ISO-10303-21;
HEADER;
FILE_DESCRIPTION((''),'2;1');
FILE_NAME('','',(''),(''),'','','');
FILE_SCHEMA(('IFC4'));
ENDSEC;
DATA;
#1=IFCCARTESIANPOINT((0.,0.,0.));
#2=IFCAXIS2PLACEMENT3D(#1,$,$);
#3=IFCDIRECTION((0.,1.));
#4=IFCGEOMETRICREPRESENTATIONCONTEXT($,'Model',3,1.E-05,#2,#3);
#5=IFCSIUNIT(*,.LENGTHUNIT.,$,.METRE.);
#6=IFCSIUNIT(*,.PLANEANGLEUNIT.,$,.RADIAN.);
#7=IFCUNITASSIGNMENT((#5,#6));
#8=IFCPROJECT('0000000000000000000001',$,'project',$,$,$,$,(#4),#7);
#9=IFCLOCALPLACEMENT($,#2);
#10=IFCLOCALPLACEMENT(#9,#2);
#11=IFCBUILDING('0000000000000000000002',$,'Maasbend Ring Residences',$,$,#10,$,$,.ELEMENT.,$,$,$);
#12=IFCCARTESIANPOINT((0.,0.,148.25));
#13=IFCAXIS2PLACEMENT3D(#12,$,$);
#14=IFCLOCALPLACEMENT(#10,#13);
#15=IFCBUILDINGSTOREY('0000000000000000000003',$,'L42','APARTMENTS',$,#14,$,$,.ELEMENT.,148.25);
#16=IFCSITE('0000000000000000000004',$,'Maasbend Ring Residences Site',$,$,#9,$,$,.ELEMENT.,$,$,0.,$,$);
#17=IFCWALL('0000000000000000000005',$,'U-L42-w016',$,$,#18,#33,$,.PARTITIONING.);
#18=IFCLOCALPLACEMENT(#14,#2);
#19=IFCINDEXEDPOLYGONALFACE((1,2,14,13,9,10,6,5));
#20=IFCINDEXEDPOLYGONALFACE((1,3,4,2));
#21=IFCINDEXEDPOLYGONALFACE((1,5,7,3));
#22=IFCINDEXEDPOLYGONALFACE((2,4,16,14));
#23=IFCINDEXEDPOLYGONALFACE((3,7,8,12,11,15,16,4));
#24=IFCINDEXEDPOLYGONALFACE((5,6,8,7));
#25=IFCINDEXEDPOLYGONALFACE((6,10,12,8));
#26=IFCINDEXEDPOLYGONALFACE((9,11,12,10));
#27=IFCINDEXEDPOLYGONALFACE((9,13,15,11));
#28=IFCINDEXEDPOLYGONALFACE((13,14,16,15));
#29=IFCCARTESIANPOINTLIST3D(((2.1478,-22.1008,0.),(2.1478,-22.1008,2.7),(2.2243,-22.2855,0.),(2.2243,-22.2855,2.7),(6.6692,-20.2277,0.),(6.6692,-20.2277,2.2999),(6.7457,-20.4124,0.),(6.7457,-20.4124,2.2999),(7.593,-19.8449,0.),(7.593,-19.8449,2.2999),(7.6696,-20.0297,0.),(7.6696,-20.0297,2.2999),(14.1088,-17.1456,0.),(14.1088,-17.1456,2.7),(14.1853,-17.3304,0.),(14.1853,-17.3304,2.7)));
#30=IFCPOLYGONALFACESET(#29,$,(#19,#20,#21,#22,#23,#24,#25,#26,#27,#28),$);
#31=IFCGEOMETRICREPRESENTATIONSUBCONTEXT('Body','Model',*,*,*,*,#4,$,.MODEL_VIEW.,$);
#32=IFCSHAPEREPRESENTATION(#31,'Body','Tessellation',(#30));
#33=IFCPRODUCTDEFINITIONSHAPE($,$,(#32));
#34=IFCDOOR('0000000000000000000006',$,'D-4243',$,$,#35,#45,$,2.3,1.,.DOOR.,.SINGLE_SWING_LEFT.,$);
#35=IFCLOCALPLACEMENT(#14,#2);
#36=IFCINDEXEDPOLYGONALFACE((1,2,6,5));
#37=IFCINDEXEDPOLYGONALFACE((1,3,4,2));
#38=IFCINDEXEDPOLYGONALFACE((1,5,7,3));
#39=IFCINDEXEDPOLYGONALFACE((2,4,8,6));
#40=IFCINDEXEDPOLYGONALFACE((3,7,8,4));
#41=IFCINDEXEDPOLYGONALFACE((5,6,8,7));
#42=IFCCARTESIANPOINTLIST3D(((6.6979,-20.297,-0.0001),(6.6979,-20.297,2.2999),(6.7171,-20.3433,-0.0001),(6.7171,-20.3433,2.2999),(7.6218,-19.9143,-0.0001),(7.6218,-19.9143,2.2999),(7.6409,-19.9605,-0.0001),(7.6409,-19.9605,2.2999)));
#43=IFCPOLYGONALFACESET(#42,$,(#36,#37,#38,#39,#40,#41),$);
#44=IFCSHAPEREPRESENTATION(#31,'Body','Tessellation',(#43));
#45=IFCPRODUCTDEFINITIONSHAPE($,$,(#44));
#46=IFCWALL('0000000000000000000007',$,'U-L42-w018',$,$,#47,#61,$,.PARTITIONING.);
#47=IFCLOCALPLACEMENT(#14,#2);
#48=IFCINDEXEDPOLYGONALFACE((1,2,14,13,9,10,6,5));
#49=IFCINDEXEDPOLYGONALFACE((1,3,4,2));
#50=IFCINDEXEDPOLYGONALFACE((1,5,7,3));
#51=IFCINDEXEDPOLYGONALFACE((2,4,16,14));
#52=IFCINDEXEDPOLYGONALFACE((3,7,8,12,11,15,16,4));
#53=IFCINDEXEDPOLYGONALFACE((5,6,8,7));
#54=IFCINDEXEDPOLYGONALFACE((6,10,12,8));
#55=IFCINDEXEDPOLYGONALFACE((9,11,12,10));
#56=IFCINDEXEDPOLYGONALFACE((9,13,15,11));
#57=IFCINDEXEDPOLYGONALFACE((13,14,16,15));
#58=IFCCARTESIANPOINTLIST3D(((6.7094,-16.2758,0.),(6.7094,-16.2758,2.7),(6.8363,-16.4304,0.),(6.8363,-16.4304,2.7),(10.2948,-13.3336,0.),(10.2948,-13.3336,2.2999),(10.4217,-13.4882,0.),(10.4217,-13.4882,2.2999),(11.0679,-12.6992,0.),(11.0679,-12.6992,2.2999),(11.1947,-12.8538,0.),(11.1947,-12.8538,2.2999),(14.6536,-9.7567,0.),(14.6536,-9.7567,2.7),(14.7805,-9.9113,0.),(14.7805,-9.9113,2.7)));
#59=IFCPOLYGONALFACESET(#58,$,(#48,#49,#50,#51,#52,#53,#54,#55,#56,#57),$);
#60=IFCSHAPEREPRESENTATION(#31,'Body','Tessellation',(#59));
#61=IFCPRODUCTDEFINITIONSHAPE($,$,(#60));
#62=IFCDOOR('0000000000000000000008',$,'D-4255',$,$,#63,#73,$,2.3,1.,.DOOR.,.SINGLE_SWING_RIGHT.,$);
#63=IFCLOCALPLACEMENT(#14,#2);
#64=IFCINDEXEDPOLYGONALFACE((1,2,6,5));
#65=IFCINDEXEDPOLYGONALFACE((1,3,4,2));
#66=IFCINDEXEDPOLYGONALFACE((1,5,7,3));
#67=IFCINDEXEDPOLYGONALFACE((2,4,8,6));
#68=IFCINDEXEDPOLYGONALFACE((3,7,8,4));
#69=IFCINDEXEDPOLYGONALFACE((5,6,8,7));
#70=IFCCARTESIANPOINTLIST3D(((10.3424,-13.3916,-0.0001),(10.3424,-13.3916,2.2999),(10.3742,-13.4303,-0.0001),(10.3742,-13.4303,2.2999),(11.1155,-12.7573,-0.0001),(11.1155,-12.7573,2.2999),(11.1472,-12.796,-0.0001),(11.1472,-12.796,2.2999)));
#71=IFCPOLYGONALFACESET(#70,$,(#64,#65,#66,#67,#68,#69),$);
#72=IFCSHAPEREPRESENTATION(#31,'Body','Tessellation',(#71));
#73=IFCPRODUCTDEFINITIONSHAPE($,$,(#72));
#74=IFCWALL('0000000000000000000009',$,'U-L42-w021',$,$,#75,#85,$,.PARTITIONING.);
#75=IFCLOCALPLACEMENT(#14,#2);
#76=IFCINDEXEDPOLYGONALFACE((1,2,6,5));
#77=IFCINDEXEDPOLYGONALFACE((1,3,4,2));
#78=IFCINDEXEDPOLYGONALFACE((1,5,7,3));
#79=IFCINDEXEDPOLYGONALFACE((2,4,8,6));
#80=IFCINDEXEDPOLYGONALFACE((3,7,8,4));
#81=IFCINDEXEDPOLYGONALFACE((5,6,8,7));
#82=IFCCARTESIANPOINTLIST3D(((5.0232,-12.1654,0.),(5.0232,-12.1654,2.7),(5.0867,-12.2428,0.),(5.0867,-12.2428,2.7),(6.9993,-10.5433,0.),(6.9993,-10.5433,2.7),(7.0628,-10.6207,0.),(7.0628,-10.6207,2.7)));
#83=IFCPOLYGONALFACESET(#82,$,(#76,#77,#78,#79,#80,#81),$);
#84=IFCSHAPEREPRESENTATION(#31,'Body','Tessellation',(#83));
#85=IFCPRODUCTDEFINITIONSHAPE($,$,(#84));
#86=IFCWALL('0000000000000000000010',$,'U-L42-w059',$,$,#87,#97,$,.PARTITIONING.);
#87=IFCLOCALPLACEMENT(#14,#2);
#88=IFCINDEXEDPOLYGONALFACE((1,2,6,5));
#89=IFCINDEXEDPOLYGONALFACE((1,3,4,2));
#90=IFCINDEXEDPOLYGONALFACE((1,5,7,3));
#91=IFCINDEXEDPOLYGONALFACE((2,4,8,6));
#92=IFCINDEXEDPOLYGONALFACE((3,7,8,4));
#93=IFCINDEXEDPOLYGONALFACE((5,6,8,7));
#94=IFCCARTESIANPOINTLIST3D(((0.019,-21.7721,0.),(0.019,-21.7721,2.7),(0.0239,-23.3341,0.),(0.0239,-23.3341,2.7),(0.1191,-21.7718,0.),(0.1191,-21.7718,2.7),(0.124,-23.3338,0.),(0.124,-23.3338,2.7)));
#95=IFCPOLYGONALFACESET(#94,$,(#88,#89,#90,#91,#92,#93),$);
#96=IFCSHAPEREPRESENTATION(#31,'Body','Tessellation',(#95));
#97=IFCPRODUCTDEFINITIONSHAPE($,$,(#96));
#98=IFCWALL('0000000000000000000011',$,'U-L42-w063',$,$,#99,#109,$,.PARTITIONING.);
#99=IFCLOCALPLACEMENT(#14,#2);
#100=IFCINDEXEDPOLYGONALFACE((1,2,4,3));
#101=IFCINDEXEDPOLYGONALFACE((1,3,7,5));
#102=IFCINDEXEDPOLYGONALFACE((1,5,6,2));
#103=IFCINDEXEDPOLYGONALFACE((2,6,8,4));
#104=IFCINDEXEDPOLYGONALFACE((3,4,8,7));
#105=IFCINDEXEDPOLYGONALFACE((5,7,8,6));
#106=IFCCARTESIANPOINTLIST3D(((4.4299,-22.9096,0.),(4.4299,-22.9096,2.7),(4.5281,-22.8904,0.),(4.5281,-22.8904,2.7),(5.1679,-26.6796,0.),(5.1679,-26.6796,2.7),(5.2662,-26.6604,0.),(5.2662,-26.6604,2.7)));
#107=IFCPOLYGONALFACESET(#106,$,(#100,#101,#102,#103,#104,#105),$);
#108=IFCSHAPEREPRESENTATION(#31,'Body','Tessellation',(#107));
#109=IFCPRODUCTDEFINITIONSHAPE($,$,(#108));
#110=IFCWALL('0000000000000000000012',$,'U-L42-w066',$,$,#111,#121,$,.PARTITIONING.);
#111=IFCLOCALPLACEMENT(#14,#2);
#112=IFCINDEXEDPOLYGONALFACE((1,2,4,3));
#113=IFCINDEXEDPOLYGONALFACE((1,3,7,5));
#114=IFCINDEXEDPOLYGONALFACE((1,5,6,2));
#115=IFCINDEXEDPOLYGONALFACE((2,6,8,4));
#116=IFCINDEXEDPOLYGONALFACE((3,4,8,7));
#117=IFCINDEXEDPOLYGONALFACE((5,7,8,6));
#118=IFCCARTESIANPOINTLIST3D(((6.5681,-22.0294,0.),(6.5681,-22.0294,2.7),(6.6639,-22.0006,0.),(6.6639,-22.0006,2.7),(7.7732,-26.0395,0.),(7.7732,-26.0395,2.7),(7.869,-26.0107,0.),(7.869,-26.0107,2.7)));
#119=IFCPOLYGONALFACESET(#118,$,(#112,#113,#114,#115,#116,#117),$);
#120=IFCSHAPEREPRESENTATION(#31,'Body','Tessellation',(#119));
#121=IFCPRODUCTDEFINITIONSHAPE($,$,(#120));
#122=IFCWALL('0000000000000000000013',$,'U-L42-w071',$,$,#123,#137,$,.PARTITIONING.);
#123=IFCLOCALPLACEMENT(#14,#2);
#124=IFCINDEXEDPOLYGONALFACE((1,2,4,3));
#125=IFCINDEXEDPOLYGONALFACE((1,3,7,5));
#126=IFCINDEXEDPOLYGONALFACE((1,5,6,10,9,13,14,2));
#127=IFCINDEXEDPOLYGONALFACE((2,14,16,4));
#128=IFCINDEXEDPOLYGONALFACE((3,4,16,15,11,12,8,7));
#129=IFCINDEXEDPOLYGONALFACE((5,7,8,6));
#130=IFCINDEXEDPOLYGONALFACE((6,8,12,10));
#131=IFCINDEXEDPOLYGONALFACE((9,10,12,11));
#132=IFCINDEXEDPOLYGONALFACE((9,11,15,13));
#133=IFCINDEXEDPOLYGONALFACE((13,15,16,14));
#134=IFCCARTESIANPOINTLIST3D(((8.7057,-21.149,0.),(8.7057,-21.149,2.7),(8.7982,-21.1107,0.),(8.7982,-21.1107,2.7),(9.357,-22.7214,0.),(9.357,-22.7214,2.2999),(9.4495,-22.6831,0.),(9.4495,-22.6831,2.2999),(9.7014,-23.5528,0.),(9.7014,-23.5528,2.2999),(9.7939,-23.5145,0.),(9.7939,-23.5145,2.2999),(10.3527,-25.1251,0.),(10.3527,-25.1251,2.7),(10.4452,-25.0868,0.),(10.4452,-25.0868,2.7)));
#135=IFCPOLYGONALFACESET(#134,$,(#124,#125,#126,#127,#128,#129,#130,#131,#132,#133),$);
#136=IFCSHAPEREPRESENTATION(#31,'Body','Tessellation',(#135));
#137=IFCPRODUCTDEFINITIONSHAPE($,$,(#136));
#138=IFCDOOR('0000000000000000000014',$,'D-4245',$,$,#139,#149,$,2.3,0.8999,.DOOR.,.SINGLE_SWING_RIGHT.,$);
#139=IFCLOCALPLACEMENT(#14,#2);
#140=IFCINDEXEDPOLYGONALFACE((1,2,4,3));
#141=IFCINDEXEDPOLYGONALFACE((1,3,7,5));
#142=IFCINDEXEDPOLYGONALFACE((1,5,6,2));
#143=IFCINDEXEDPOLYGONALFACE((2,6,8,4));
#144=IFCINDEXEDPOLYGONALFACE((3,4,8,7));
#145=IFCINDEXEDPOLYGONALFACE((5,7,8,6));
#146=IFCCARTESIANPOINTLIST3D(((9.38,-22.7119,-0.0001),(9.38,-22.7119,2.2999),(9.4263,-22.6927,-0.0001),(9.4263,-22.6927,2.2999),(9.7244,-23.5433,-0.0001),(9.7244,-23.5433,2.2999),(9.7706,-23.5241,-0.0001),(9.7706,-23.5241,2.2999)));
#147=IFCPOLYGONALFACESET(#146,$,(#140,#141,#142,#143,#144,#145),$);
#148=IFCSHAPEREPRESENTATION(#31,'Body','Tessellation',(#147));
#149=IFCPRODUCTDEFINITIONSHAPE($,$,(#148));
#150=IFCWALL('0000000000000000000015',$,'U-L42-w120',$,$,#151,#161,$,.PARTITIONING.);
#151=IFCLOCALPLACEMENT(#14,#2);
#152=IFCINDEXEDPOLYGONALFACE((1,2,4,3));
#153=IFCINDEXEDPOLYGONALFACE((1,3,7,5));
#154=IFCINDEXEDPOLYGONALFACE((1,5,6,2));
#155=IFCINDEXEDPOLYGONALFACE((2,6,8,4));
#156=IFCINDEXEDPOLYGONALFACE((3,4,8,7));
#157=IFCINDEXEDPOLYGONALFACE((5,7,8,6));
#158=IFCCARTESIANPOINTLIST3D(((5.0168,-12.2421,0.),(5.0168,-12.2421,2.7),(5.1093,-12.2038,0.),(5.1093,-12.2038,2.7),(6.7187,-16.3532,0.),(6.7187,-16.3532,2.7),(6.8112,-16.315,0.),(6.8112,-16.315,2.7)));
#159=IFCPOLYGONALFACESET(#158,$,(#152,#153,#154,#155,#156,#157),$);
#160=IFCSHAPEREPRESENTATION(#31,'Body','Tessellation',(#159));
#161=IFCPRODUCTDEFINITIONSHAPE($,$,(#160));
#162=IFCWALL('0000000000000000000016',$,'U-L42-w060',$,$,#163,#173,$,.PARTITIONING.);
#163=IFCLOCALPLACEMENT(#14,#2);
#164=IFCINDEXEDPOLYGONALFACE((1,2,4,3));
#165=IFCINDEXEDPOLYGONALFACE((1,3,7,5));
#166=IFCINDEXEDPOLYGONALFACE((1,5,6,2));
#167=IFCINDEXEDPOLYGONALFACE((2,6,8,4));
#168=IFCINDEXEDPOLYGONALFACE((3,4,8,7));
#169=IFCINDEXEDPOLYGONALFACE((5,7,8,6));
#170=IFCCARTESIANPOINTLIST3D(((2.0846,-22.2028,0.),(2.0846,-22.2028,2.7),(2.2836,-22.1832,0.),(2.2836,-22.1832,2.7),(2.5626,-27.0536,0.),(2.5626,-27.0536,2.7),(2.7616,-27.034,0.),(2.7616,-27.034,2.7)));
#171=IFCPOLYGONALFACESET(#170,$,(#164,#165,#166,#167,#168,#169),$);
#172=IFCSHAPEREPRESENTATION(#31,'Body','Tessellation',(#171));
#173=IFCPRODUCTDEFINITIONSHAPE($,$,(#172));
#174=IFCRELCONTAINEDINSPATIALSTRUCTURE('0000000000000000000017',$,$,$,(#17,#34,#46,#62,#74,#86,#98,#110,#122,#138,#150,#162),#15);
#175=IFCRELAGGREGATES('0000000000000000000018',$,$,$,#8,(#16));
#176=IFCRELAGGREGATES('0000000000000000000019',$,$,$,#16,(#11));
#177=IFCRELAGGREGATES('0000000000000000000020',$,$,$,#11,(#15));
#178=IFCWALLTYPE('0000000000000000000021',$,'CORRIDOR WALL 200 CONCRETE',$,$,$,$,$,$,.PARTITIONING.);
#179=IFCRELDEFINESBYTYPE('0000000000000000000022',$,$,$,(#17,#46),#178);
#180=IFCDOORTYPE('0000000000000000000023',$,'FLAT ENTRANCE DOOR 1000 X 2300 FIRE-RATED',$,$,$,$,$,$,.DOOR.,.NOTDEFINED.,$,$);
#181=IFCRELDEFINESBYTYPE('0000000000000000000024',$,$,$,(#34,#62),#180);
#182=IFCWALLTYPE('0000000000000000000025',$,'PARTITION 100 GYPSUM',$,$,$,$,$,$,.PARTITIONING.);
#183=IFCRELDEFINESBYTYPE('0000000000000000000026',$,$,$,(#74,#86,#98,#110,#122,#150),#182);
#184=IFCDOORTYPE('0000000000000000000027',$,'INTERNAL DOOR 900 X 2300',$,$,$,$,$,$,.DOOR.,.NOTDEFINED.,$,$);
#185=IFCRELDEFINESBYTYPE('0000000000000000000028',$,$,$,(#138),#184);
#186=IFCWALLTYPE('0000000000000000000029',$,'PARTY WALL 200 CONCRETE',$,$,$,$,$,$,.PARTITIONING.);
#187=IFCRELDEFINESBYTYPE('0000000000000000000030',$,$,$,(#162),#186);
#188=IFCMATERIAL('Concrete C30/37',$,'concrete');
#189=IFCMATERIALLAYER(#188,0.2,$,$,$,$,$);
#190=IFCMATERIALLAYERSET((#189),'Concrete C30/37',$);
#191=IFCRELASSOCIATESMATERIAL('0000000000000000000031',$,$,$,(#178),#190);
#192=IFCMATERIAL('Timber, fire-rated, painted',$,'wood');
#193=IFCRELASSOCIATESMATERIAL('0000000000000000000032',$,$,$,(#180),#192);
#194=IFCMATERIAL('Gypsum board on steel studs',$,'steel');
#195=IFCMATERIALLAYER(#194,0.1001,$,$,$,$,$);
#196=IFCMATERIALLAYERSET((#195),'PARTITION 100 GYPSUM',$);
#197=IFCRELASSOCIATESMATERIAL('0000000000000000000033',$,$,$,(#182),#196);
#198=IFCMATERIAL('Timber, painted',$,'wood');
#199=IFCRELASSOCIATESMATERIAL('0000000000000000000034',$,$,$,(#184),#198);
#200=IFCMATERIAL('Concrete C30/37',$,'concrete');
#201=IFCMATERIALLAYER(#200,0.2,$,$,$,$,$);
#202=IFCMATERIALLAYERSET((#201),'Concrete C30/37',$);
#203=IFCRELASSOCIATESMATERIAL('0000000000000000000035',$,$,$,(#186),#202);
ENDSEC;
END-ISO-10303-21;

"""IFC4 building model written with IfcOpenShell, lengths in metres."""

from ifc_helpers import new_model, si_unit, direction, frame, frame_2d, origin, place, context, subcontext, project, spatial, rectangle, extrude, material, layer, layer_set, type_object, element, fill, save


model = new_model("IFC4")

# Units and contexts
model_context = context("Model", 3, precision=1e-05, world=origin(), true_north=direction((0.0, 1.0)))
body_context = subcontext(model_context, "Body", "Model", "MODEL_VIEW")
ifc_project = project(units=[si_unit("LENGTHUNIT", "METRE"), si_unit("PLANEANGLEUNIT", "RADIAN")], contexts=[model_context])

# Site, building, storey
site_placement = place(None, origin())
site = spatial("IfcSite", under=ifc_project, at=site_placement, Name="Maasbend Ring Residences Site", CompositionType="ELEMENT", RefElevation=0.0)
building_placement = place(site_placement, origin())
building = spatial("IfcBuilding", under=site, at=building_placement, Name="Maasbend Ring Residences", CompositionType="ELEMENT")
storey_placement = place(building_placement, frame((0.0, 0.0, 148.25)))
storey = spatial("IfcBuildingStorey", under=building, at=storey_placement, Name="L42", Description="APARTMENTS", CompositionType="ELEMENT", Elevation=148.25)

# Walls, openings, doors
ifc_material_1 = material(Name="Concrete C30/37", Category="concrete")
ifc_layer_1 = layer(ifc_material_1, 0.2)
ifc_layer_set_1 = layer_set([ifc_layer_1], Name="Concrete C30/37")
wall_type_1 = type_object("IfcWallType", Name="CORRIDOR WALL 200 CONCRETE", PredefinedType="PARTITIONING", material=ifc_layer_set_1)
wall_1_placement = place(storey_placement, frame((2.186, -22.1931, 0.0), z_axis=(0.0, 0.0, 1.0), x_axis=(0.923861, 0.382729, 0.0)))
wall_1 = element("IfcWall", 1, at=wall_1_placement, inside=storey, type_object=wall_type_1, Name="U-L42-w016", PredefinedType="PARTITIONING", context=body_context, shape_type="SweptSolid", body=[
    extrude(rectangle(XDim=12.9468, YDim=0.2, at=frame_2d((6.4734, 0.0))), origin(), (0.0, 0.0, 1.0), 2.7),
])
opening_1_placement = place(wall_1_placement, frame((4.894, 0.0, 0.0)))
opening_1 = element("IfcOpeningElement", 2, at=opening_1_placement, cuts=wall_1, PredefinedType="OPENING", context=body_context, shape_type="SweptSolid", body=[
    extrude(rectangle(XDim=1.0, YDim=2.3, at=frame_2d((0.5, 1.1499))), frame((0.0, 0.1099, 0.0), z_axis=(0.0, -1.0, 0.0), x_axis=(1.0, 0.0, 0.0)), (0.0, 0.0, 1.0), 0.22),
])
ifc_material_2 = material(Name="Timber, fire-rated, painted", Category="wood")
door_type_1 = type_object("IfcDoorType", Name="FLAT ENTRANCE DOOR 1000 X 2300 FIRE-RATED", OperationType="NOTDEFINED", PredefinedType="DOOR", material=ifc_material_2)
door_1_placement = place(opening_1_placement, origin())
door_1 = element("IfcDoor", 3, at=door_1_placement, inside=storey, type_object=door_type_1, Name="D-4243", OperationType="SINGLE_SWING_LEFT", OverallHeight=2.3, OverallWidth=1.0, PredefinedType="DOOR", context=body_context, shape_type="SweptSolid", body=[
    extrude(rectangle(XDim=1.0, YDim=2.3, at=frame_2d((0.5, 1.1499))), frame((0.0, 0.0249, 0.0), z_axis=(0.0, -1.0, 0.0), x_axis=(1.0, 0.0, 0.0)), (0.0, 0.0, 1.0), 0.05),
])
fill(opening_1, door_1)
wall_2_placement = place(storey_placement, frame((6.7729, -16.353, 0.0), z_axis=(0.0, 0.0, 1.0), x_axis=(0.773035, 0.634364, 0.0)))
wall_2 = element("IfcWall", 4, at=wall_2_placement, inside=storey, type_object=wall_type_1, Name="U-L42-w018", PredefinedType="PARTITIONING", context=body_context, shape_type="SweptSolid", body=[
    extrude(rectangle(XDim=10.2766, YDim=0.2, at=frame_2d((5.1382, 0.0))), origin(), (0.0, 0.0, 1.0), 2.7),
])
opening_2_placement = place(wall_2_placement, frame((4.6379, 0.0, 0.0)))
opening_2 = element("IfcOpeningElement", 5, at=opening_2_placement, cuts=wall_2, PredefinedType="OPENING", context=body_context, shape_type="SweptSolid", body=[
    extrude(rectangle(XDim=1.0, YDim=2.3, at=frame_2d((0.5, 1.1499))), frame((0.0, 0.1099, 0.0), z_axis=(0.0, -1.0, 0.0), x_axis=(1.0, 0.0, 0.0)), (0.0, 0.0, 1.0), 0.22),
])
door_2_placement = place(opening_2_placement, origin())
door_2 = element("IfcDoor", 6, at=door_2_placement, inside=storey, type_object=door_type_1, Name="D-4255", OperationType="SINGLE_SWING_RIGHT", OverallHeight=2.3, OverallWidth=1.0, PredefinedType="DOOR", context=body_context, shape_type="SweptSolid", body=[
    extrude(rectangle(XDim=1.0, YDim=2.3, at=frame_2d((0.5, 1.1499))), frame((0.0, 0.0249, 0.0), z_axis=(0.0, -1.0, 0.0), x_axis=(1.0, 0.0, 0.0)), (0.0, 0.0, 1.0), 0.05),
])
fill(opening_2, door_2)

# Walls
ifc_material_3 = material(Name="Gypsum board on steel studs", Category="steel")
ifc_layer_2 = layer(ifc_material_3, 0.1001)
ifc_layer_set_2 = layer_set([ifc_layer_2], Name="PARTITION 100 GYPSUM")
wall_type_2 = type_object("IfcWallType", Name="PARTITION 100 GYPSUM", PredefinedType="PARTITIONING", material=ifc_layer_set_2)
wall_3_placement = place(storey_placement, frame((5.0549, -12.2041, 0.0), z_axis=(0.0, 0.0, 1.0), x_axis=(0.772944, 0.634475, 0.0)))
element("IfcWall", 7, at=wall_3_placement, inside=storey, type_object=wall_type_2, Name="U-L42-w021", PredefinedType="PARTITIONING", context=body_context, shape_type="SweptSolid", body=[
    extrude(rectangle(XDim=2.5566, YDim=0.1001, at=frame_2d((1.2783, 0.0))), origin(), (0.0, 0.0, 1.0), 2.7),
])
wall_4_placement = place(storey_placement, frame((0.074, -23.334, 0.0), z_axis=(0.0, 0.0, 1.0), x_axis=(-0.003126, 0.999995, 0.0)))
element("IfcWall", 8, at=wall_4_placement, inside=storey, type_object=wall_type_2, Name="U-L42-w059", PredefinedType="PARTITIONING", context=body_context, shape_type="SweptSolid", body=[
    extrude(rectangle(XDim=1.562, YDim=0.1001, at=frame_2d((0.781, 0.0))), origin(), (0.0, 0.0, 1.0), 2.7),
])
wall_5_placement = place(storey_placement, frame((4.479, -22.8999, 0.0), z_axis=(0.0, 0.0, 1.0), x_axis=(0.192118, -0.981372, 0.0)))
element("IfcWall", 9, at=wall_5_placement, inside=storey, type_object=wall_type_2, Name="U-L42-w063", PredefinedType="PARTITIONING", context=body_context, shape_type="SweptSolid", body=[
    extrude(rectangle(XDim=3.8416, YDim=0.1001, at=frame_2d((1.9209, 0.0))), origin(), (0.0, 0.0, 1.0), 2.7),
])
wall_6_placement = place(storey_placement, frame((6.616, -22.0149, 0.0), z_axis=(0.0, 0.0, 1.0), x_axis=(0.287803, -0.95769, 0.0)))
element("IfcWall", 10, at=wall_6_placement, inside=storey, type_object=wall_type_2, Name="U-L42-w066", PredefinedType="PARTITIONING", context=body_context, shape_type="SweptSolid", body=[
    extrude(rectangle(XDim=4.1873, YDim=0.1001, at=frame_2d((2.0938, 0.0))), origin(), (0.0, 0.0, 1.0), 2.7),
])

# Wall, opening, door
wall_7_placement = place(storey_placement, frame((8.752, -21.1299, 0.0), z_axis=(0.0, 0.0, 1.0), x_axis=(0.382689, -0.923877, 0.0)))
wall_7 = element("IfcWall", 11, at=wall_7_placement, inside=storey, type_object=wall_type_2, Name="U-L42-w071", PredefinedType="PARTITIONING", context=body_context, shape_type="SweptSolid", body=[
    extrude(rectangle(XDim=4.3037, YDim=0.1001, at=frame_2d((2.1519, 0.0))), origin(), (0.0, 0.0, 1.0), 2.7),
])
opening_3_placement = place(wall_7_placement, frame((1.7019, 0.0, 0.0)))
opening_3 = element("IfcOpeningElement", 12, at=opening_3_placement, cuts=wall_7, PredefinedType="OPENING", context=body_context, shape_type="SweptSolid", body=[
    extrude(rectangle(XDim=0.8999, YDim=2.3, at=frame_2d((0.45, 1.1499))), frame((0.0, 0.0601, 0.0), z_axis=(0.0, -1.0, 0.0), x_axis=(1.0, 0.0, 0.0)), (0.0, 0.0, 1.0), 0.1201),
])
ifc_material_4 = material(Name="Timber, painted", Category="wood")
door_type_2 = type_object("IfcDoorType", Name="INTERNAL DOOR 900 X 2300", OperationType="NOTDEFINED", PredefinedType="DOOR", material=ifc_material_4)
door_3_placement = place(opening_3_placement, origin())
door_3 = element("IfcDoor", 13, at=door_3_placement, inside=storey, type_object=door_type_2, Name="D-4245", OperationType="SINGLE_SWING_RIGHT", OverallHeight=2.3, OverallWidth=0.8999, PredefinedType="DOOR", context=body_context, shape_type="SweptSolid", body=[
    extrude(rectangle(XDim=0.8999, YDim=2.3, at=frame_2d((0.45, 1.1499))), frame((0.0, 0.0249, 0.0), z_axis=(0.0, -1.0, 0.0), x_axis=(1.0, 0.0, 0.0)), (0.0, 0.0, 1.0), 0.05),
])
fill(opening_3, door_3)

# Walls
wall_8_placement = place(storey_placement, frame((6.7649, -16.334, 0.0), z_axis=(0.0, 0.0, 1.0), x_axis=(-0.382499, 0.923956, 0.0)))
element("IfcWall", 14, at=wall_8_placement, inside=storey, type_object=wall_type_2, Name="U-L42-w120", PredefinedType="PARTITIONING", context=body_context, shape_type="SweptSolid", body=[
    extrude(rectangle(XDim=4.4495, YDim=0.1001, at=frame_2d((2.2246, 0.0))), origin(), (0.0, 0.0, 1.0), 2.7),
])
ifc_material_5 = material(Name="Concrete C30/37", Category="concrete")
ifc_layer_3 = layer(ifc_material_5, 0.2)
ifc_layer_set_3 = layer_set([ifc_layer_3], Name="Concrete C30/37")
wall_type_3 = type_object("IfcWallType", Name="PARTY WALL 200 CONCRETE", PredefinedType="PARTITIONING", material=ifc_layer_set_3)
wall_9_placement = place(storey_placement, frame((2.1841, -22.1931, 0.0), z_axis=(0.0, 0.0, 1.0), x_axis=(0.09807, -0.995179, 0.0)))
element("IfcWall", 15, at=wall_9_placement, inside=storey, type_object=wall_type_3, Name="U-L42-w060", PredefinedType="PARTITIONING", context=body_context, shape_type="SweptSolid", body=[
    extrude(rectangle(XDim=4.8743, YDim=0.2, at=frame_2d((2.437, 0.0))), origin(), (0.0, 0.0, 1.0), 2.7),
])

save(model, "model.ifc")
